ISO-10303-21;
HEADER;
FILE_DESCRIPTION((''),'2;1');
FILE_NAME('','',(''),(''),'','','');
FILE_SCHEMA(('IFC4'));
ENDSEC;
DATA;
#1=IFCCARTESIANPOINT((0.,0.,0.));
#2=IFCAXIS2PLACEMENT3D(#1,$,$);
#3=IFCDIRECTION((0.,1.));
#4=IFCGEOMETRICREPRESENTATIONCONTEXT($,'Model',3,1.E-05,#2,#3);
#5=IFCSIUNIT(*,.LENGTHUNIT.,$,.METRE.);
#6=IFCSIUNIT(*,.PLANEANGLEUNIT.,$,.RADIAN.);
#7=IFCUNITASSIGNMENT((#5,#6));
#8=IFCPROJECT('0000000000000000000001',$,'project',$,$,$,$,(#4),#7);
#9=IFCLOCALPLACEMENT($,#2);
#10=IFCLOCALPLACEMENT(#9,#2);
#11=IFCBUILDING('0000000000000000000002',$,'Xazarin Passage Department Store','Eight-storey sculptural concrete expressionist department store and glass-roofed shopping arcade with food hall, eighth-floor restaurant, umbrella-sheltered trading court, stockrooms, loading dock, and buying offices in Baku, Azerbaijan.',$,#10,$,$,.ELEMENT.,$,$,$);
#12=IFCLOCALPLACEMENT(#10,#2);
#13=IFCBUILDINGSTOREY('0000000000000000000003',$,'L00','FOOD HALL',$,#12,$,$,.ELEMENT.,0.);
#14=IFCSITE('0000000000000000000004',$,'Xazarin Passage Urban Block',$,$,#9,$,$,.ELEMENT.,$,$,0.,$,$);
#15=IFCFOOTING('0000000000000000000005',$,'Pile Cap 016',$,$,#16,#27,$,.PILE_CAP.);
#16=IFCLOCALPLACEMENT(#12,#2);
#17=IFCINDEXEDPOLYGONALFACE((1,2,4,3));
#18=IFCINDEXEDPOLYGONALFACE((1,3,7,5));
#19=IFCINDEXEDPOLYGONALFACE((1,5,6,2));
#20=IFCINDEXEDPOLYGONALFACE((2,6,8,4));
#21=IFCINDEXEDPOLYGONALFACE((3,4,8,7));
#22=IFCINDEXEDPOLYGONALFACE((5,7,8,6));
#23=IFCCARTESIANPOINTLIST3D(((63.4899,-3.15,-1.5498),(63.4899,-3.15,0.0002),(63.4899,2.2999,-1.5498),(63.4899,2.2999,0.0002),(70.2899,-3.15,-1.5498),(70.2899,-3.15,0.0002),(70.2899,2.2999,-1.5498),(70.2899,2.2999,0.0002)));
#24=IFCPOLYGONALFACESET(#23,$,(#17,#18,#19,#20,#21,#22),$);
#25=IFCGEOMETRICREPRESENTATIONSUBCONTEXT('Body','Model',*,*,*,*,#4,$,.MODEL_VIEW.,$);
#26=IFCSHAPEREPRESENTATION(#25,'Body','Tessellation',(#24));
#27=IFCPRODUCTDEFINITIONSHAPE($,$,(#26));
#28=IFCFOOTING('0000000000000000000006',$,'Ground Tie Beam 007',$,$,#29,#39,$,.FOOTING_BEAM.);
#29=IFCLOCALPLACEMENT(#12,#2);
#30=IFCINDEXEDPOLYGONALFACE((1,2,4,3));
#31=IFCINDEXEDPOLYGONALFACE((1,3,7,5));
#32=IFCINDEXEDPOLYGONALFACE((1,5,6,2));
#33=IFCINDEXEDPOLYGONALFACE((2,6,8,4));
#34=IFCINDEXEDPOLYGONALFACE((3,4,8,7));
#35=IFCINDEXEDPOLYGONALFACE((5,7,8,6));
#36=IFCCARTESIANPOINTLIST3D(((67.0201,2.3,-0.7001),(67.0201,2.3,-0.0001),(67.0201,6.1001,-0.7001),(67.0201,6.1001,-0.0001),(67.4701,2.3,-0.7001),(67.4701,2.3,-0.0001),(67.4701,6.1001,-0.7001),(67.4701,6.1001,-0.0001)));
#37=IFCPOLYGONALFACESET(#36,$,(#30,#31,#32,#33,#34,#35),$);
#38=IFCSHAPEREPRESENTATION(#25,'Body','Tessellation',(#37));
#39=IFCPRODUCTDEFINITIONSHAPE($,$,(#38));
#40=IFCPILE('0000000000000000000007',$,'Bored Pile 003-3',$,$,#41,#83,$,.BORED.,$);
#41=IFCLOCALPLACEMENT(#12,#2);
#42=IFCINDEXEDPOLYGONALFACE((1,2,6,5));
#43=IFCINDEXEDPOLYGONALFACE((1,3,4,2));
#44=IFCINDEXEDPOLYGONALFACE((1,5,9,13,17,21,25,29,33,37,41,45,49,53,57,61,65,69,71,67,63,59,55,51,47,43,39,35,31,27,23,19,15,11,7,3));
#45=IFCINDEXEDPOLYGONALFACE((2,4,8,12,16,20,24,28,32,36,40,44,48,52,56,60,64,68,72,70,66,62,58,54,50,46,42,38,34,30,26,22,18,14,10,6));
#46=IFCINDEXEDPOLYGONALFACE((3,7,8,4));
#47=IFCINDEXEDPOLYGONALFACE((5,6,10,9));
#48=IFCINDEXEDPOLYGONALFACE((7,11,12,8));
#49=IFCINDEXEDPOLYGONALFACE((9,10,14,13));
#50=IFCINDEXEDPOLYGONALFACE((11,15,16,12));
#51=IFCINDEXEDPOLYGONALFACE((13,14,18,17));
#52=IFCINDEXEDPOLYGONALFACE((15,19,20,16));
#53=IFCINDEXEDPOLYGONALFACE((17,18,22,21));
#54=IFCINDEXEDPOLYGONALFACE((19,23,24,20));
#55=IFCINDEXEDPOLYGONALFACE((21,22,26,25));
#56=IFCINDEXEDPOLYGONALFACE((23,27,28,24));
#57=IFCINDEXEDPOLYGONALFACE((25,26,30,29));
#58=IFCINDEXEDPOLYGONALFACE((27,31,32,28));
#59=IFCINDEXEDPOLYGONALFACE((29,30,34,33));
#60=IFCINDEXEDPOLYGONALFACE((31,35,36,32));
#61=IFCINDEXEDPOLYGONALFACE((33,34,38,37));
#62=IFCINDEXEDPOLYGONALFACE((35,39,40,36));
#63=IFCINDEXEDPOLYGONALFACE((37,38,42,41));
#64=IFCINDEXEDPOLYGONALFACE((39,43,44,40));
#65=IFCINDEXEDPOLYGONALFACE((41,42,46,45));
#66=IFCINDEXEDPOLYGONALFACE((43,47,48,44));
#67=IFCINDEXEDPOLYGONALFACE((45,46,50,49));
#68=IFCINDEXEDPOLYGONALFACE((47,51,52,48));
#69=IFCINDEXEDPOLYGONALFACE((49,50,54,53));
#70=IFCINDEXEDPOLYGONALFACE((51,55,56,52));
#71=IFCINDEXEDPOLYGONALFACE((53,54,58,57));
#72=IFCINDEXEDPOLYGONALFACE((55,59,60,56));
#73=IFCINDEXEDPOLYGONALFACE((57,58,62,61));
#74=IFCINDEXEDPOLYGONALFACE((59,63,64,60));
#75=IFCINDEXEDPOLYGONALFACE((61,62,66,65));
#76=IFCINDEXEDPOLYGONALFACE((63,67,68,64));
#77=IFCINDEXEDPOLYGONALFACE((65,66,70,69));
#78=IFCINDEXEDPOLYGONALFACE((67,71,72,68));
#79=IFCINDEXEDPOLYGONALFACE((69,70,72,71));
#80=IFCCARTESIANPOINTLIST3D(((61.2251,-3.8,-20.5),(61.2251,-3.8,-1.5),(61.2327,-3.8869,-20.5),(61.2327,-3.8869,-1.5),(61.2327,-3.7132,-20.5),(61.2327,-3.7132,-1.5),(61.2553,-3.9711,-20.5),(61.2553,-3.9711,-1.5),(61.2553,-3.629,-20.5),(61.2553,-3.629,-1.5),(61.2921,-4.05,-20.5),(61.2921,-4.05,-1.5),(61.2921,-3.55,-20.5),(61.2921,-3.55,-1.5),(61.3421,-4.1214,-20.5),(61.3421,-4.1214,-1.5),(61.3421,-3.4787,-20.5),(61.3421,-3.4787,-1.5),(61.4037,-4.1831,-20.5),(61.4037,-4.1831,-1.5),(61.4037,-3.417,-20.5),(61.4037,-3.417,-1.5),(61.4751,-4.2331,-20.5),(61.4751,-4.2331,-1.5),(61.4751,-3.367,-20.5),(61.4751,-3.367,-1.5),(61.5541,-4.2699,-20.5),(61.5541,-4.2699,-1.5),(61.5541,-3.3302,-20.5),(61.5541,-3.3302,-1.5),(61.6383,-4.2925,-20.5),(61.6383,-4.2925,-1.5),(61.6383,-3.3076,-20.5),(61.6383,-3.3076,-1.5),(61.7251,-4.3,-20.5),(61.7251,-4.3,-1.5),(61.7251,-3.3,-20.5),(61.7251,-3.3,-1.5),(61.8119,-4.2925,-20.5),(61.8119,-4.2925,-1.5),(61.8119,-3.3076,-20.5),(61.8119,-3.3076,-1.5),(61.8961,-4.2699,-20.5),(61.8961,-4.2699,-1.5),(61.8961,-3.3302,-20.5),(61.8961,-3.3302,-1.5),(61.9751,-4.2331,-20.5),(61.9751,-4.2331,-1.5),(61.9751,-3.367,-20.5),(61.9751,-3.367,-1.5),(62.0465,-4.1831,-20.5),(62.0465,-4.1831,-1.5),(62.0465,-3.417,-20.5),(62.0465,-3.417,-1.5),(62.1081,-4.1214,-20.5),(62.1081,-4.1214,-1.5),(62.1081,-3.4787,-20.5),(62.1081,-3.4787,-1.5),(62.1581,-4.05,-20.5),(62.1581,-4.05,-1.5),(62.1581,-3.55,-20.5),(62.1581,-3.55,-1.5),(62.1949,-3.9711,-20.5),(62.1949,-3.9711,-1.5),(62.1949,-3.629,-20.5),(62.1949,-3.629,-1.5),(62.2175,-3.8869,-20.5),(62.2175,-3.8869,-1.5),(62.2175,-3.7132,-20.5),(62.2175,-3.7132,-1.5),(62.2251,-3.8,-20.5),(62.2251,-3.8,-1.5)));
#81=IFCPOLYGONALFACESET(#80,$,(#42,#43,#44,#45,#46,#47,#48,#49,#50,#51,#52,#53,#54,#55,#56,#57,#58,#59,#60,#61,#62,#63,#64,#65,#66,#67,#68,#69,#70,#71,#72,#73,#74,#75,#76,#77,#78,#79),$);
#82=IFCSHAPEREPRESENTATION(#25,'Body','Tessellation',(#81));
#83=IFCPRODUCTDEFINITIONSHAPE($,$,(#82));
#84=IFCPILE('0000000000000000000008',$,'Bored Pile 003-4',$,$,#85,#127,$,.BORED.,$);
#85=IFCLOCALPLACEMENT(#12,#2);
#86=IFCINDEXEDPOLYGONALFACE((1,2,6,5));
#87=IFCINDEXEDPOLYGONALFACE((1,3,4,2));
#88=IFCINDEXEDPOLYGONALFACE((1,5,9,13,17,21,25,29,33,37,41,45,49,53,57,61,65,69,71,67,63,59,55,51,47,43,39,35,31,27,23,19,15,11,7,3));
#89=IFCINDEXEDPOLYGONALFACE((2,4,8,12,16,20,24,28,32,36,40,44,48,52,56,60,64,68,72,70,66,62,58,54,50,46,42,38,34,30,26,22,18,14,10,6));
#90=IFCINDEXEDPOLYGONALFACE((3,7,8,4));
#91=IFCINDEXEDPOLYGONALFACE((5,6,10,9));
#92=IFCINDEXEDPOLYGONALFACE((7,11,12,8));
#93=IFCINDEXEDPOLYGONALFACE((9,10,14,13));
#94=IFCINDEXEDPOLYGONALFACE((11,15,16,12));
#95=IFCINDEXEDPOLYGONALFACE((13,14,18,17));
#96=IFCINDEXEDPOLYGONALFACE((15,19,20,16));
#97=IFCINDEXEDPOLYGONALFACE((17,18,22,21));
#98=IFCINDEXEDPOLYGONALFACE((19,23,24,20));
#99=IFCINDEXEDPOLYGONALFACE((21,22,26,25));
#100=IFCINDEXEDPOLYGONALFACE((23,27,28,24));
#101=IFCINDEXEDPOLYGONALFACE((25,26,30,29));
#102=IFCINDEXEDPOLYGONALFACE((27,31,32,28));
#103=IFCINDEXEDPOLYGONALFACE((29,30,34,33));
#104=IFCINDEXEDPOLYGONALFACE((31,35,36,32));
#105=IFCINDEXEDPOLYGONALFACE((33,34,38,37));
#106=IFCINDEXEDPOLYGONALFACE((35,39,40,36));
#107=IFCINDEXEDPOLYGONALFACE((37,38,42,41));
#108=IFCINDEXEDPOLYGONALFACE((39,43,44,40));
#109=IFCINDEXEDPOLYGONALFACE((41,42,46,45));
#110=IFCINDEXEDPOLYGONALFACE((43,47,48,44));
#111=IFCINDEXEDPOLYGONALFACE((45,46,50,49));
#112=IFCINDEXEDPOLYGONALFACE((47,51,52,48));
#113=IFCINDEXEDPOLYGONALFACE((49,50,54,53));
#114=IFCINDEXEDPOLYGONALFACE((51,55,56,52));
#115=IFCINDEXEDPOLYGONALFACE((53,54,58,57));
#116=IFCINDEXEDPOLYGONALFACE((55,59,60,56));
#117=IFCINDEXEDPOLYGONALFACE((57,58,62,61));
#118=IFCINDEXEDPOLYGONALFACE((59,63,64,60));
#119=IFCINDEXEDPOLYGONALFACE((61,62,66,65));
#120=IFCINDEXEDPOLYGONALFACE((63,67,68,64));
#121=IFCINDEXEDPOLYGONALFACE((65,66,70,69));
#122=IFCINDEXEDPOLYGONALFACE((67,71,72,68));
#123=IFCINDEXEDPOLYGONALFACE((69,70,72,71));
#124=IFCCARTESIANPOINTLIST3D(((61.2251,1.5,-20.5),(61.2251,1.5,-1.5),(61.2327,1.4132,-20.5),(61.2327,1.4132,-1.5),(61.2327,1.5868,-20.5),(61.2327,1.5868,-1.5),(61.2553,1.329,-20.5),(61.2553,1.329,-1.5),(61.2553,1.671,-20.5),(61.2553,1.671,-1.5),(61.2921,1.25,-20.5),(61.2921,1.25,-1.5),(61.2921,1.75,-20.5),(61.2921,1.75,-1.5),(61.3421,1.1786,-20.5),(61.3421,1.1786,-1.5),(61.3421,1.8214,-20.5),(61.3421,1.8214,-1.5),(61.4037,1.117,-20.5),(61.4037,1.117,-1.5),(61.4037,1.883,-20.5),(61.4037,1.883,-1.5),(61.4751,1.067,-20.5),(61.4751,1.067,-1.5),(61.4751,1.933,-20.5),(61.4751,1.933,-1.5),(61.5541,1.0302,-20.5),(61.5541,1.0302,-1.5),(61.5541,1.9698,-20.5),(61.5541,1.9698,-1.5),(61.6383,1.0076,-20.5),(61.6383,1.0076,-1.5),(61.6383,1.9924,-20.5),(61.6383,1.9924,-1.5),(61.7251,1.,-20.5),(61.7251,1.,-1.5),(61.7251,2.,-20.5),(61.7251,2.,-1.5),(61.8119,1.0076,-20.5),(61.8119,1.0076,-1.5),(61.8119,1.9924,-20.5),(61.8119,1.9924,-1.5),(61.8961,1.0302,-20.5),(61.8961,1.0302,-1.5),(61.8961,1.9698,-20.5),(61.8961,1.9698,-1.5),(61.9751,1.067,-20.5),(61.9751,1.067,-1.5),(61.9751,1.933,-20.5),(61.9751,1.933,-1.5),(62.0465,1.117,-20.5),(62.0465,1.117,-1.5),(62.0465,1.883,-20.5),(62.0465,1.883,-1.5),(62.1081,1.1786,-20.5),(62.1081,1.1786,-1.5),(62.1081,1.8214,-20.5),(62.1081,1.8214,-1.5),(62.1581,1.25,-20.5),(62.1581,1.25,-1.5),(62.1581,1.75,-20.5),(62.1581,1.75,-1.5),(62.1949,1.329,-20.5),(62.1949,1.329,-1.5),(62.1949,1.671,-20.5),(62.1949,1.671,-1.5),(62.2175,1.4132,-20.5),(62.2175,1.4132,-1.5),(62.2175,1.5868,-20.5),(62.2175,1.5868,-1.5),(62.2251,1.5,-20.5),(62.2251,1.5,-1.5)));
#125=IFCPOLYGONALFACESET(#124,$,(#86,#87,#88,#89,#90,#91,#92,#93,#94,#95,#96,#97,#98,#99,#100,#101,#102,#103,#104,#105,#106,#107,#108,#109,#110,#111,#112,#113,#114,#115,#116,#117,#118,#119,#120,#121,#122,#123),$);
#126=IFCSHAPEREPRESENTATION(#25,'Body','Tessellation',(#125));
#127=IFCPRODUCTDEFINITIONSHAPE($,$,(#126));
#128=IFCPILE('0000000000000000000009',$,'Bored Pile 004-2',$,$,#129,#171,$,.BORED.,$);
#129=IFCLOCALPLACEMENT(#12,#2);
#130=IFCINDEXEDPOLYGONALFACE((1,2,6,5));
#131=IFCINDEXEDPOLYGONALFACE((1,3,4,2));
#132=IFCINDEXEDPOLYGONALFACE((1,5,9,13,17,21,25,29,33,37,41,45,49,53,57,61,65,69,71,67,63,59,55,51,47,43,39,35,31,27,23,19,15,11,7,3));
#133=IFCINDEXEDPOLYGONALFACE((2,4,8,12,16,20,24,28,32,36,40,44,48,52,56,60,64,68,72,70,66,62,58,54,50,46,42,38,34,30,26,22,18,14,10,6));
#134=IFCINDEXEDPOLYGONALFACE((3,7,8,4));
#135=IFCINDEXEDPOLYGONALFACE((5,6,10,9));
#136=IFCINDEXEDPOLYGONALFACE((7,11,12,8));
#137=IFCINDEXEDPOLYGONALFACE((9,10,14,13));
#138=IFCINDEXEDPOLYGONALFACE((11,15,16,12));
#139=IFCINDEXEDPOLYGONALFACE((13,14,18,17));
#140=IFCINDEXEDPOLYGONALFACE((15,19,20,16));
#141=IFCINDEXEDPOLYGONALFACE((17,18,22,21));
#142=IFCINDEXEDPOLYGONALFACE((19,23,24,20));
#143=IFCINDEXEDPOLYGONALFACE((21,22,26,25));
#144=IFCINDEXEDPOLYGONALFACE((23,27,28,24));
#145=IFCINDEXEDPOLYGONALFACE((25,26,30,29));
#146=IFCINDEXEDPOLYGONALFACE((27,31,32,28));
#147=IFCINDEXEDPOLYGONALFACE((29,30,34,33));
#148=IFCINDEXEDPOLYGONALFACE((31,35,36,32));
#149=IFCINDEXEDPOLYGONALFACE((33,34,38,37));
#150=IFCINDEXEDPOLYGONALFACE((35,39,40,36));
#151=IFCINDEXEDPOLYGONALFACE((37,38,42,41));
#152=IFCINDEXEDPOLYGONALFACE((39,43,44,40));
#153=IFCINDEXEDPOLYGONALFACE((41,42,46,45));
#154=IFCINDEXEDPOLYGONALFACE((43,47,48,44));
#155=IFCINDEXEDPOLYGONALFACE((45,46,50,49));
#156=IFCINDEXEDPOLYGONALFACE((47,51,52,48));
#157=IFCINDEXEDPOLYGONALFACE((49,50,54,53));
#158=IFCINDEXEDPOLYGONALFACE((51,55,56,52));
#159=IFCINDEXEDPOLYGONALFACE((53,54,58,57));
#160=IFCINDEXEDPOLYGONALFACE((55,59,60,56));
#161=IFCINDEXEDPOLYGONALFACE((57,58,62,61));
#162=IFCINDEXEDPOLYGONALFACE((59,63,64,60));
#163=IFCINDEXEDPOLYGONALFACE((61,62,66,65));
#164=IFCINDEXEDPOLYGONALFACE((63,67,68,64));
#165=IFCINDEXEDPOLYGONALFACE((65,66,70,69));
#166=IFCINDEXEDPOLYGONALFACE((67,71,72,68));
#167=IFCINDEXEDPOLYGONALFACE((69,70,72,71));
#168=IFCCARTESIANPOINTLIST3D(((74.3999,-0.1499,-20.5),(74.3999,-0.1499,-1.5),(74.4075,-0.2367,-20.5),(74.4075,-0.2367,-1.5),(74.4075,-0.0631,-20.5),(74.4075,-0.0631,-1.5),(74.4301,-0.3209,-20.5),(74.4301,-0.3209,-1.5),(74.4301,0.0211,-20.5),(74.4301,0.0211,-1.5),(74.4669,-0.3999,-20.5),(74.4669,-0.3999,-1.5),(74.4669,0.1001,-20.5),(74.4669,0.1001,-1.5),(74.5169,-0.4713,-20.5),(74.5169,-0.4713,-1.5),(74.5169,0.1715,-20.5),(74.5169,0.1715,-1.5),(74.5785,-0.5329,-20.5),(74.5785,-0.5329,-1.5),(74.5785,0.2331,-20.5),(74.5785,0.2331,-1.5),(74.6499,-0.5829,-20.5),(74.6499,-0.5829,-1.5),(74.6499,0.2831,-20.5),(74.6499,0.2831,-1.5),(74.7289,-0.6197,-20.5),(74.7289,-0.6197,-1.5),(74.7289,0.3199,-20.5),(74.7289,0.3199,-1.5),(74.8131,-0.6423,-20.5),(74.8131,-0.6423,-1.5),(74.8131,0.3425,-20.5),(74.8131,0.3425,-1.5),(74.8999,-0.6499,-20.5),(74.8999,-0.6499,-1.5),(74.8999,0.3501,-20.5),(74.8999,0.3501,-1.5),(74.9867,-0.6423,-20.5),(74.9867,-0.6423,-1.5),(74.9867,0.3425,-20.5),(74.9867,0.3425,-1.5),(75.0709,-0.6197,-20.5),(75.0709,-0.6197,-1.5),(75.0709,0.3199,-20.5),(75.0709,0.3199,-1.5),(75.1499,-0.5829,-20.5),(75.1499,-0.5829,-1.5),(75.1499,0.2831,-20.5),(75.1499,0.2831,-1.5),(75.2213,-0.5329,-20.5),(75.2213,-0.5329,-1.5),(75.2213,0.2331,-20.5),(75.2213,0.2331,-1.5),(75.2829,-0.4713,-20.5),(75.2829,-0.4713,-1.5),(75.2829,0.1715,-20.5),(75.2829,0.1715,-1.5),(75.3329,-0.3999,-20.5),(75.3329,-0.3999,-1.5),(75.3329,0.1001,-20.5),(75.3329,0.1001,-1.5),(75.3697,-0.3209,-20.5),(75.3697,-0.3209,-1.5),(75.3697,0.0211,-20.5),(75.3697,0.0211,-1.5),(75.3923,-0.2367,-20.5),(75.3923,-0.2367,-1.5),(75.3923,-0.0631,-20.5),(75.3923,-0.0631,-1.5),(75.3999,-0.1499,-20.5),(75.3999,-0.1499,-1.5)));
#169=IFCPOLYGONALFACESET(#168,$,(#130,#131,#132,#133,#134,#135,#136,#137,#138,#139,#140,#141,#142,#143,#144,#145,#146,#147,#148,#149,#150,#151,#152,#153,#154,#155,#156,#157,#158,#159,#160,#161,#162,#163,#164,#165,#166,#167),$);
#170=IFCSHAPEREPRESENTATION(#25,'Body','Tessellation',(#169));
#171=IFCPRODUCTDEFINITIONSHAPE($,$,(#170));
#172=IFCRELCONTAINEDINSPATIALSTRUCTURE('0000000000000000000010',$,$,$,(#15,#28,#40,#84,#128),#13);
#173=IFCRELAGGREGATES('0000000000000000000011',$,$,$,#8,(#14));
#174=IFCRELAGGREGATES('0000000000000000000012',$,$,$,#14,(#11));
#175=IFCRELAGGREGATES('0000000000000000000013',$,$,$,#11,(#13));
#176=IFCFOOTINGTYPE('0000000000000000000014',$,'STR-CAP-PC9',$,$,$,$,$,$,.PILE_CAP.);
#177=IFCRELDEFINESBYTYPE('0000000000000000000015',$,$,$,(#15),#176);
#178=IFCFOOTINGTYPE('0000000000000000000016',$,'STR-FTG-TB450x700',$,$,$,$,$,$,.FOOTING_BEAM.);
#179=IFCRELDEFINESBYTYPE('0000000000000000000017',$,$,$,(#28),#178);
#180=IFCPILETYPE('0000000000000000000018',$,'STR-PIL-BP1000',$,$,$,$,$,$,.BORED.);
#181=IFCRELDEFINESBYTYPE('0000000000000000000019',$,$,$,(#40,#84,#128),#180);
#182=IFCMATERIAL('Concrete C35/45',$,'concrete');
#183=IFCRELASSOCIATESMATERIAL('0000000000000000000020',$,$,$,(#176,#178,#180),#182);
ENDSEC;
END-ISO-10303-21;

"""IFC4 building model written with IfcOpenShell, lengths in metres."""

from ifc_helpers import new_model, si_unit, direction, frame, origin, origin_2d, place, context, subcontext, project, spatial, rectangle, circle, extrude, material, material_profile, profile_set, type_object, element, save


model = new_model("IFC4")

# Units and contexts
model_context = context("Model", 3, precision=1e-05, world=origin(), true_north=direction((0.0, 1.0)))
body_context = subcontext(model_context, "Body", "Model", "MODEL_VIEW")
ifc_project = project(units=[si_unit("LENGTHUNIT", "METRE"), si_unit("PLANEANGLEUNIT", "RADIAN")], contexts=[model_context])

# Site, building, storey
site_placement = place(None, origin())
site = spatial("IfcSite", under=ifc_project, at=site_placement, Name="Xazarin Passage Urban Block", CompositionType="ELEMENT", RefElevation=0.0)
building_placement = place(site_placement, origin())
building = spatial("IfcBuilding", under=site, at=building_placement, Name="Xazarin Passage Department Store", Description="Eight-storey sculptural concrete expressionist department store and glass-roofed shopping arcade with food hall, eighth-floor restaurant, umbrella-sheltered trading court, stockrooms, loading dock, and buying offices in Baku, Azerbaijan.", CompositionType="ELEMENT")
storey_placement = place(building_placement, origin())
storey = spatial("IfcBuildingStorey", under=building, at=storey_placement, Name="L00", Description="FOOD HALL", CompositionType="ELEMENT", Elevation=0.0)

# Footings
ifc_material_1 = material(Name="Concrete C35/45", Category="concrete")
footing_type_1 = type_object("IfcFootingType", Name="STR-CAP-PC9", PredefinedType="PILE_CAP", material=ifc_material_1)
footing_1_placement = place(storey_placement, frame((66.8899, -0.425, -1.5498), z_axis=(0.0, 0.0, 1.0), x_axis=(1.0, 0.0, 0.0)))
element("IfcFooting", 1, at=footing_1_placement, inside=storey, type_object=footing_type_1, Name="Pile Cap 016", PredefinedType="PILE_CAP", context=body_context, shape_type="SweptSolid", body=[
    extrude(rectangle(XDim=6.8, YDim=5.45, at=origin_2d()), origin(), (0.0, 0.0, 1.0), 1.55),
])
ifc_material_profile_1 = material_profile(ifc_material_1, rectangle(XDim=0.45, YDim=0.7, at=origin_2d()), Name="RC 450x700")
ifc_profile_set_1 = profile_set([ifc_material_profile_1], Name="Concrete C35/45")
footing_type_2 = type_object("IfcFootingType", Name="STR-FTG-TB450x700", PredefinedType="FOOTING_BEAM", material=ifc_profile_set_1)
footing_2_placement = place(storey_placement, frame((67.2451, 2.3, -0.3501), z_axis=(0.0, 1.0, 0.0), x_axis=(-1.0, 0.0, 0.0)))
element("IfcFooting", 2, at=footing_2_placement, inside=storey, type_object=footing_type_2, Name="Ground Tie Beam 007", PredefinedType="FOOTING_BEAM", context=body_context, shape_type="SweptSolid", body=[
    extrude(rectangle(XDim=0.45, YDim=0.7, at=origin_2d()), origin(), (0.0, 0.0, 1.0), 3.8),
])

# Piles
ifc_material_profile_2 = material_profile(ifc_material_1, circle(Radius=0.5, at=origin_2d()), Name="BP 1000")
ifc_profile_set_2 = profile_set([ifc_material_profile_2], Name="Concrete C35/45")
pile_type_1 = type_object("IfcPileType", Name="STR-PIL-BP1000", PredefinedType="BORED", material=ifc_profile_set_2)
for number, where, z_axis, x_axis, name in (
    (3, (61.7251, -3.8, -1.5), (0.0, 0.0, -1.0), (1.0, 0.0, 0.0), "Bored Pile 003-3"),
    (4, (61.7251, 1.5, -1.5), (0.0, 0.0, -1.0), (1.0, 0.0, 0.0), "Bored Pile 003-4"),
    (5, (74.8999, -0.1499, -1.5), (0.0, 0.0, -1.0), (1.0, 0.0, 0.0), "Bored Pile 004-2"),
):
    element("IfcPile", number, at=place(storey_placement, frame(where, z_axis=z_axis, x_axis=x_axis)), inside=storey, type_object=pile_type_1, Name=name, PredefinedType="BORED", context=body_context, shape_type="SweptSolid", body=[
        extrude(circle(Radius=0.5, at=origin_2d()), origin(), (0.0, 0.0, 1.0), 19.0),
    ])

save(model, "model.ifc")
